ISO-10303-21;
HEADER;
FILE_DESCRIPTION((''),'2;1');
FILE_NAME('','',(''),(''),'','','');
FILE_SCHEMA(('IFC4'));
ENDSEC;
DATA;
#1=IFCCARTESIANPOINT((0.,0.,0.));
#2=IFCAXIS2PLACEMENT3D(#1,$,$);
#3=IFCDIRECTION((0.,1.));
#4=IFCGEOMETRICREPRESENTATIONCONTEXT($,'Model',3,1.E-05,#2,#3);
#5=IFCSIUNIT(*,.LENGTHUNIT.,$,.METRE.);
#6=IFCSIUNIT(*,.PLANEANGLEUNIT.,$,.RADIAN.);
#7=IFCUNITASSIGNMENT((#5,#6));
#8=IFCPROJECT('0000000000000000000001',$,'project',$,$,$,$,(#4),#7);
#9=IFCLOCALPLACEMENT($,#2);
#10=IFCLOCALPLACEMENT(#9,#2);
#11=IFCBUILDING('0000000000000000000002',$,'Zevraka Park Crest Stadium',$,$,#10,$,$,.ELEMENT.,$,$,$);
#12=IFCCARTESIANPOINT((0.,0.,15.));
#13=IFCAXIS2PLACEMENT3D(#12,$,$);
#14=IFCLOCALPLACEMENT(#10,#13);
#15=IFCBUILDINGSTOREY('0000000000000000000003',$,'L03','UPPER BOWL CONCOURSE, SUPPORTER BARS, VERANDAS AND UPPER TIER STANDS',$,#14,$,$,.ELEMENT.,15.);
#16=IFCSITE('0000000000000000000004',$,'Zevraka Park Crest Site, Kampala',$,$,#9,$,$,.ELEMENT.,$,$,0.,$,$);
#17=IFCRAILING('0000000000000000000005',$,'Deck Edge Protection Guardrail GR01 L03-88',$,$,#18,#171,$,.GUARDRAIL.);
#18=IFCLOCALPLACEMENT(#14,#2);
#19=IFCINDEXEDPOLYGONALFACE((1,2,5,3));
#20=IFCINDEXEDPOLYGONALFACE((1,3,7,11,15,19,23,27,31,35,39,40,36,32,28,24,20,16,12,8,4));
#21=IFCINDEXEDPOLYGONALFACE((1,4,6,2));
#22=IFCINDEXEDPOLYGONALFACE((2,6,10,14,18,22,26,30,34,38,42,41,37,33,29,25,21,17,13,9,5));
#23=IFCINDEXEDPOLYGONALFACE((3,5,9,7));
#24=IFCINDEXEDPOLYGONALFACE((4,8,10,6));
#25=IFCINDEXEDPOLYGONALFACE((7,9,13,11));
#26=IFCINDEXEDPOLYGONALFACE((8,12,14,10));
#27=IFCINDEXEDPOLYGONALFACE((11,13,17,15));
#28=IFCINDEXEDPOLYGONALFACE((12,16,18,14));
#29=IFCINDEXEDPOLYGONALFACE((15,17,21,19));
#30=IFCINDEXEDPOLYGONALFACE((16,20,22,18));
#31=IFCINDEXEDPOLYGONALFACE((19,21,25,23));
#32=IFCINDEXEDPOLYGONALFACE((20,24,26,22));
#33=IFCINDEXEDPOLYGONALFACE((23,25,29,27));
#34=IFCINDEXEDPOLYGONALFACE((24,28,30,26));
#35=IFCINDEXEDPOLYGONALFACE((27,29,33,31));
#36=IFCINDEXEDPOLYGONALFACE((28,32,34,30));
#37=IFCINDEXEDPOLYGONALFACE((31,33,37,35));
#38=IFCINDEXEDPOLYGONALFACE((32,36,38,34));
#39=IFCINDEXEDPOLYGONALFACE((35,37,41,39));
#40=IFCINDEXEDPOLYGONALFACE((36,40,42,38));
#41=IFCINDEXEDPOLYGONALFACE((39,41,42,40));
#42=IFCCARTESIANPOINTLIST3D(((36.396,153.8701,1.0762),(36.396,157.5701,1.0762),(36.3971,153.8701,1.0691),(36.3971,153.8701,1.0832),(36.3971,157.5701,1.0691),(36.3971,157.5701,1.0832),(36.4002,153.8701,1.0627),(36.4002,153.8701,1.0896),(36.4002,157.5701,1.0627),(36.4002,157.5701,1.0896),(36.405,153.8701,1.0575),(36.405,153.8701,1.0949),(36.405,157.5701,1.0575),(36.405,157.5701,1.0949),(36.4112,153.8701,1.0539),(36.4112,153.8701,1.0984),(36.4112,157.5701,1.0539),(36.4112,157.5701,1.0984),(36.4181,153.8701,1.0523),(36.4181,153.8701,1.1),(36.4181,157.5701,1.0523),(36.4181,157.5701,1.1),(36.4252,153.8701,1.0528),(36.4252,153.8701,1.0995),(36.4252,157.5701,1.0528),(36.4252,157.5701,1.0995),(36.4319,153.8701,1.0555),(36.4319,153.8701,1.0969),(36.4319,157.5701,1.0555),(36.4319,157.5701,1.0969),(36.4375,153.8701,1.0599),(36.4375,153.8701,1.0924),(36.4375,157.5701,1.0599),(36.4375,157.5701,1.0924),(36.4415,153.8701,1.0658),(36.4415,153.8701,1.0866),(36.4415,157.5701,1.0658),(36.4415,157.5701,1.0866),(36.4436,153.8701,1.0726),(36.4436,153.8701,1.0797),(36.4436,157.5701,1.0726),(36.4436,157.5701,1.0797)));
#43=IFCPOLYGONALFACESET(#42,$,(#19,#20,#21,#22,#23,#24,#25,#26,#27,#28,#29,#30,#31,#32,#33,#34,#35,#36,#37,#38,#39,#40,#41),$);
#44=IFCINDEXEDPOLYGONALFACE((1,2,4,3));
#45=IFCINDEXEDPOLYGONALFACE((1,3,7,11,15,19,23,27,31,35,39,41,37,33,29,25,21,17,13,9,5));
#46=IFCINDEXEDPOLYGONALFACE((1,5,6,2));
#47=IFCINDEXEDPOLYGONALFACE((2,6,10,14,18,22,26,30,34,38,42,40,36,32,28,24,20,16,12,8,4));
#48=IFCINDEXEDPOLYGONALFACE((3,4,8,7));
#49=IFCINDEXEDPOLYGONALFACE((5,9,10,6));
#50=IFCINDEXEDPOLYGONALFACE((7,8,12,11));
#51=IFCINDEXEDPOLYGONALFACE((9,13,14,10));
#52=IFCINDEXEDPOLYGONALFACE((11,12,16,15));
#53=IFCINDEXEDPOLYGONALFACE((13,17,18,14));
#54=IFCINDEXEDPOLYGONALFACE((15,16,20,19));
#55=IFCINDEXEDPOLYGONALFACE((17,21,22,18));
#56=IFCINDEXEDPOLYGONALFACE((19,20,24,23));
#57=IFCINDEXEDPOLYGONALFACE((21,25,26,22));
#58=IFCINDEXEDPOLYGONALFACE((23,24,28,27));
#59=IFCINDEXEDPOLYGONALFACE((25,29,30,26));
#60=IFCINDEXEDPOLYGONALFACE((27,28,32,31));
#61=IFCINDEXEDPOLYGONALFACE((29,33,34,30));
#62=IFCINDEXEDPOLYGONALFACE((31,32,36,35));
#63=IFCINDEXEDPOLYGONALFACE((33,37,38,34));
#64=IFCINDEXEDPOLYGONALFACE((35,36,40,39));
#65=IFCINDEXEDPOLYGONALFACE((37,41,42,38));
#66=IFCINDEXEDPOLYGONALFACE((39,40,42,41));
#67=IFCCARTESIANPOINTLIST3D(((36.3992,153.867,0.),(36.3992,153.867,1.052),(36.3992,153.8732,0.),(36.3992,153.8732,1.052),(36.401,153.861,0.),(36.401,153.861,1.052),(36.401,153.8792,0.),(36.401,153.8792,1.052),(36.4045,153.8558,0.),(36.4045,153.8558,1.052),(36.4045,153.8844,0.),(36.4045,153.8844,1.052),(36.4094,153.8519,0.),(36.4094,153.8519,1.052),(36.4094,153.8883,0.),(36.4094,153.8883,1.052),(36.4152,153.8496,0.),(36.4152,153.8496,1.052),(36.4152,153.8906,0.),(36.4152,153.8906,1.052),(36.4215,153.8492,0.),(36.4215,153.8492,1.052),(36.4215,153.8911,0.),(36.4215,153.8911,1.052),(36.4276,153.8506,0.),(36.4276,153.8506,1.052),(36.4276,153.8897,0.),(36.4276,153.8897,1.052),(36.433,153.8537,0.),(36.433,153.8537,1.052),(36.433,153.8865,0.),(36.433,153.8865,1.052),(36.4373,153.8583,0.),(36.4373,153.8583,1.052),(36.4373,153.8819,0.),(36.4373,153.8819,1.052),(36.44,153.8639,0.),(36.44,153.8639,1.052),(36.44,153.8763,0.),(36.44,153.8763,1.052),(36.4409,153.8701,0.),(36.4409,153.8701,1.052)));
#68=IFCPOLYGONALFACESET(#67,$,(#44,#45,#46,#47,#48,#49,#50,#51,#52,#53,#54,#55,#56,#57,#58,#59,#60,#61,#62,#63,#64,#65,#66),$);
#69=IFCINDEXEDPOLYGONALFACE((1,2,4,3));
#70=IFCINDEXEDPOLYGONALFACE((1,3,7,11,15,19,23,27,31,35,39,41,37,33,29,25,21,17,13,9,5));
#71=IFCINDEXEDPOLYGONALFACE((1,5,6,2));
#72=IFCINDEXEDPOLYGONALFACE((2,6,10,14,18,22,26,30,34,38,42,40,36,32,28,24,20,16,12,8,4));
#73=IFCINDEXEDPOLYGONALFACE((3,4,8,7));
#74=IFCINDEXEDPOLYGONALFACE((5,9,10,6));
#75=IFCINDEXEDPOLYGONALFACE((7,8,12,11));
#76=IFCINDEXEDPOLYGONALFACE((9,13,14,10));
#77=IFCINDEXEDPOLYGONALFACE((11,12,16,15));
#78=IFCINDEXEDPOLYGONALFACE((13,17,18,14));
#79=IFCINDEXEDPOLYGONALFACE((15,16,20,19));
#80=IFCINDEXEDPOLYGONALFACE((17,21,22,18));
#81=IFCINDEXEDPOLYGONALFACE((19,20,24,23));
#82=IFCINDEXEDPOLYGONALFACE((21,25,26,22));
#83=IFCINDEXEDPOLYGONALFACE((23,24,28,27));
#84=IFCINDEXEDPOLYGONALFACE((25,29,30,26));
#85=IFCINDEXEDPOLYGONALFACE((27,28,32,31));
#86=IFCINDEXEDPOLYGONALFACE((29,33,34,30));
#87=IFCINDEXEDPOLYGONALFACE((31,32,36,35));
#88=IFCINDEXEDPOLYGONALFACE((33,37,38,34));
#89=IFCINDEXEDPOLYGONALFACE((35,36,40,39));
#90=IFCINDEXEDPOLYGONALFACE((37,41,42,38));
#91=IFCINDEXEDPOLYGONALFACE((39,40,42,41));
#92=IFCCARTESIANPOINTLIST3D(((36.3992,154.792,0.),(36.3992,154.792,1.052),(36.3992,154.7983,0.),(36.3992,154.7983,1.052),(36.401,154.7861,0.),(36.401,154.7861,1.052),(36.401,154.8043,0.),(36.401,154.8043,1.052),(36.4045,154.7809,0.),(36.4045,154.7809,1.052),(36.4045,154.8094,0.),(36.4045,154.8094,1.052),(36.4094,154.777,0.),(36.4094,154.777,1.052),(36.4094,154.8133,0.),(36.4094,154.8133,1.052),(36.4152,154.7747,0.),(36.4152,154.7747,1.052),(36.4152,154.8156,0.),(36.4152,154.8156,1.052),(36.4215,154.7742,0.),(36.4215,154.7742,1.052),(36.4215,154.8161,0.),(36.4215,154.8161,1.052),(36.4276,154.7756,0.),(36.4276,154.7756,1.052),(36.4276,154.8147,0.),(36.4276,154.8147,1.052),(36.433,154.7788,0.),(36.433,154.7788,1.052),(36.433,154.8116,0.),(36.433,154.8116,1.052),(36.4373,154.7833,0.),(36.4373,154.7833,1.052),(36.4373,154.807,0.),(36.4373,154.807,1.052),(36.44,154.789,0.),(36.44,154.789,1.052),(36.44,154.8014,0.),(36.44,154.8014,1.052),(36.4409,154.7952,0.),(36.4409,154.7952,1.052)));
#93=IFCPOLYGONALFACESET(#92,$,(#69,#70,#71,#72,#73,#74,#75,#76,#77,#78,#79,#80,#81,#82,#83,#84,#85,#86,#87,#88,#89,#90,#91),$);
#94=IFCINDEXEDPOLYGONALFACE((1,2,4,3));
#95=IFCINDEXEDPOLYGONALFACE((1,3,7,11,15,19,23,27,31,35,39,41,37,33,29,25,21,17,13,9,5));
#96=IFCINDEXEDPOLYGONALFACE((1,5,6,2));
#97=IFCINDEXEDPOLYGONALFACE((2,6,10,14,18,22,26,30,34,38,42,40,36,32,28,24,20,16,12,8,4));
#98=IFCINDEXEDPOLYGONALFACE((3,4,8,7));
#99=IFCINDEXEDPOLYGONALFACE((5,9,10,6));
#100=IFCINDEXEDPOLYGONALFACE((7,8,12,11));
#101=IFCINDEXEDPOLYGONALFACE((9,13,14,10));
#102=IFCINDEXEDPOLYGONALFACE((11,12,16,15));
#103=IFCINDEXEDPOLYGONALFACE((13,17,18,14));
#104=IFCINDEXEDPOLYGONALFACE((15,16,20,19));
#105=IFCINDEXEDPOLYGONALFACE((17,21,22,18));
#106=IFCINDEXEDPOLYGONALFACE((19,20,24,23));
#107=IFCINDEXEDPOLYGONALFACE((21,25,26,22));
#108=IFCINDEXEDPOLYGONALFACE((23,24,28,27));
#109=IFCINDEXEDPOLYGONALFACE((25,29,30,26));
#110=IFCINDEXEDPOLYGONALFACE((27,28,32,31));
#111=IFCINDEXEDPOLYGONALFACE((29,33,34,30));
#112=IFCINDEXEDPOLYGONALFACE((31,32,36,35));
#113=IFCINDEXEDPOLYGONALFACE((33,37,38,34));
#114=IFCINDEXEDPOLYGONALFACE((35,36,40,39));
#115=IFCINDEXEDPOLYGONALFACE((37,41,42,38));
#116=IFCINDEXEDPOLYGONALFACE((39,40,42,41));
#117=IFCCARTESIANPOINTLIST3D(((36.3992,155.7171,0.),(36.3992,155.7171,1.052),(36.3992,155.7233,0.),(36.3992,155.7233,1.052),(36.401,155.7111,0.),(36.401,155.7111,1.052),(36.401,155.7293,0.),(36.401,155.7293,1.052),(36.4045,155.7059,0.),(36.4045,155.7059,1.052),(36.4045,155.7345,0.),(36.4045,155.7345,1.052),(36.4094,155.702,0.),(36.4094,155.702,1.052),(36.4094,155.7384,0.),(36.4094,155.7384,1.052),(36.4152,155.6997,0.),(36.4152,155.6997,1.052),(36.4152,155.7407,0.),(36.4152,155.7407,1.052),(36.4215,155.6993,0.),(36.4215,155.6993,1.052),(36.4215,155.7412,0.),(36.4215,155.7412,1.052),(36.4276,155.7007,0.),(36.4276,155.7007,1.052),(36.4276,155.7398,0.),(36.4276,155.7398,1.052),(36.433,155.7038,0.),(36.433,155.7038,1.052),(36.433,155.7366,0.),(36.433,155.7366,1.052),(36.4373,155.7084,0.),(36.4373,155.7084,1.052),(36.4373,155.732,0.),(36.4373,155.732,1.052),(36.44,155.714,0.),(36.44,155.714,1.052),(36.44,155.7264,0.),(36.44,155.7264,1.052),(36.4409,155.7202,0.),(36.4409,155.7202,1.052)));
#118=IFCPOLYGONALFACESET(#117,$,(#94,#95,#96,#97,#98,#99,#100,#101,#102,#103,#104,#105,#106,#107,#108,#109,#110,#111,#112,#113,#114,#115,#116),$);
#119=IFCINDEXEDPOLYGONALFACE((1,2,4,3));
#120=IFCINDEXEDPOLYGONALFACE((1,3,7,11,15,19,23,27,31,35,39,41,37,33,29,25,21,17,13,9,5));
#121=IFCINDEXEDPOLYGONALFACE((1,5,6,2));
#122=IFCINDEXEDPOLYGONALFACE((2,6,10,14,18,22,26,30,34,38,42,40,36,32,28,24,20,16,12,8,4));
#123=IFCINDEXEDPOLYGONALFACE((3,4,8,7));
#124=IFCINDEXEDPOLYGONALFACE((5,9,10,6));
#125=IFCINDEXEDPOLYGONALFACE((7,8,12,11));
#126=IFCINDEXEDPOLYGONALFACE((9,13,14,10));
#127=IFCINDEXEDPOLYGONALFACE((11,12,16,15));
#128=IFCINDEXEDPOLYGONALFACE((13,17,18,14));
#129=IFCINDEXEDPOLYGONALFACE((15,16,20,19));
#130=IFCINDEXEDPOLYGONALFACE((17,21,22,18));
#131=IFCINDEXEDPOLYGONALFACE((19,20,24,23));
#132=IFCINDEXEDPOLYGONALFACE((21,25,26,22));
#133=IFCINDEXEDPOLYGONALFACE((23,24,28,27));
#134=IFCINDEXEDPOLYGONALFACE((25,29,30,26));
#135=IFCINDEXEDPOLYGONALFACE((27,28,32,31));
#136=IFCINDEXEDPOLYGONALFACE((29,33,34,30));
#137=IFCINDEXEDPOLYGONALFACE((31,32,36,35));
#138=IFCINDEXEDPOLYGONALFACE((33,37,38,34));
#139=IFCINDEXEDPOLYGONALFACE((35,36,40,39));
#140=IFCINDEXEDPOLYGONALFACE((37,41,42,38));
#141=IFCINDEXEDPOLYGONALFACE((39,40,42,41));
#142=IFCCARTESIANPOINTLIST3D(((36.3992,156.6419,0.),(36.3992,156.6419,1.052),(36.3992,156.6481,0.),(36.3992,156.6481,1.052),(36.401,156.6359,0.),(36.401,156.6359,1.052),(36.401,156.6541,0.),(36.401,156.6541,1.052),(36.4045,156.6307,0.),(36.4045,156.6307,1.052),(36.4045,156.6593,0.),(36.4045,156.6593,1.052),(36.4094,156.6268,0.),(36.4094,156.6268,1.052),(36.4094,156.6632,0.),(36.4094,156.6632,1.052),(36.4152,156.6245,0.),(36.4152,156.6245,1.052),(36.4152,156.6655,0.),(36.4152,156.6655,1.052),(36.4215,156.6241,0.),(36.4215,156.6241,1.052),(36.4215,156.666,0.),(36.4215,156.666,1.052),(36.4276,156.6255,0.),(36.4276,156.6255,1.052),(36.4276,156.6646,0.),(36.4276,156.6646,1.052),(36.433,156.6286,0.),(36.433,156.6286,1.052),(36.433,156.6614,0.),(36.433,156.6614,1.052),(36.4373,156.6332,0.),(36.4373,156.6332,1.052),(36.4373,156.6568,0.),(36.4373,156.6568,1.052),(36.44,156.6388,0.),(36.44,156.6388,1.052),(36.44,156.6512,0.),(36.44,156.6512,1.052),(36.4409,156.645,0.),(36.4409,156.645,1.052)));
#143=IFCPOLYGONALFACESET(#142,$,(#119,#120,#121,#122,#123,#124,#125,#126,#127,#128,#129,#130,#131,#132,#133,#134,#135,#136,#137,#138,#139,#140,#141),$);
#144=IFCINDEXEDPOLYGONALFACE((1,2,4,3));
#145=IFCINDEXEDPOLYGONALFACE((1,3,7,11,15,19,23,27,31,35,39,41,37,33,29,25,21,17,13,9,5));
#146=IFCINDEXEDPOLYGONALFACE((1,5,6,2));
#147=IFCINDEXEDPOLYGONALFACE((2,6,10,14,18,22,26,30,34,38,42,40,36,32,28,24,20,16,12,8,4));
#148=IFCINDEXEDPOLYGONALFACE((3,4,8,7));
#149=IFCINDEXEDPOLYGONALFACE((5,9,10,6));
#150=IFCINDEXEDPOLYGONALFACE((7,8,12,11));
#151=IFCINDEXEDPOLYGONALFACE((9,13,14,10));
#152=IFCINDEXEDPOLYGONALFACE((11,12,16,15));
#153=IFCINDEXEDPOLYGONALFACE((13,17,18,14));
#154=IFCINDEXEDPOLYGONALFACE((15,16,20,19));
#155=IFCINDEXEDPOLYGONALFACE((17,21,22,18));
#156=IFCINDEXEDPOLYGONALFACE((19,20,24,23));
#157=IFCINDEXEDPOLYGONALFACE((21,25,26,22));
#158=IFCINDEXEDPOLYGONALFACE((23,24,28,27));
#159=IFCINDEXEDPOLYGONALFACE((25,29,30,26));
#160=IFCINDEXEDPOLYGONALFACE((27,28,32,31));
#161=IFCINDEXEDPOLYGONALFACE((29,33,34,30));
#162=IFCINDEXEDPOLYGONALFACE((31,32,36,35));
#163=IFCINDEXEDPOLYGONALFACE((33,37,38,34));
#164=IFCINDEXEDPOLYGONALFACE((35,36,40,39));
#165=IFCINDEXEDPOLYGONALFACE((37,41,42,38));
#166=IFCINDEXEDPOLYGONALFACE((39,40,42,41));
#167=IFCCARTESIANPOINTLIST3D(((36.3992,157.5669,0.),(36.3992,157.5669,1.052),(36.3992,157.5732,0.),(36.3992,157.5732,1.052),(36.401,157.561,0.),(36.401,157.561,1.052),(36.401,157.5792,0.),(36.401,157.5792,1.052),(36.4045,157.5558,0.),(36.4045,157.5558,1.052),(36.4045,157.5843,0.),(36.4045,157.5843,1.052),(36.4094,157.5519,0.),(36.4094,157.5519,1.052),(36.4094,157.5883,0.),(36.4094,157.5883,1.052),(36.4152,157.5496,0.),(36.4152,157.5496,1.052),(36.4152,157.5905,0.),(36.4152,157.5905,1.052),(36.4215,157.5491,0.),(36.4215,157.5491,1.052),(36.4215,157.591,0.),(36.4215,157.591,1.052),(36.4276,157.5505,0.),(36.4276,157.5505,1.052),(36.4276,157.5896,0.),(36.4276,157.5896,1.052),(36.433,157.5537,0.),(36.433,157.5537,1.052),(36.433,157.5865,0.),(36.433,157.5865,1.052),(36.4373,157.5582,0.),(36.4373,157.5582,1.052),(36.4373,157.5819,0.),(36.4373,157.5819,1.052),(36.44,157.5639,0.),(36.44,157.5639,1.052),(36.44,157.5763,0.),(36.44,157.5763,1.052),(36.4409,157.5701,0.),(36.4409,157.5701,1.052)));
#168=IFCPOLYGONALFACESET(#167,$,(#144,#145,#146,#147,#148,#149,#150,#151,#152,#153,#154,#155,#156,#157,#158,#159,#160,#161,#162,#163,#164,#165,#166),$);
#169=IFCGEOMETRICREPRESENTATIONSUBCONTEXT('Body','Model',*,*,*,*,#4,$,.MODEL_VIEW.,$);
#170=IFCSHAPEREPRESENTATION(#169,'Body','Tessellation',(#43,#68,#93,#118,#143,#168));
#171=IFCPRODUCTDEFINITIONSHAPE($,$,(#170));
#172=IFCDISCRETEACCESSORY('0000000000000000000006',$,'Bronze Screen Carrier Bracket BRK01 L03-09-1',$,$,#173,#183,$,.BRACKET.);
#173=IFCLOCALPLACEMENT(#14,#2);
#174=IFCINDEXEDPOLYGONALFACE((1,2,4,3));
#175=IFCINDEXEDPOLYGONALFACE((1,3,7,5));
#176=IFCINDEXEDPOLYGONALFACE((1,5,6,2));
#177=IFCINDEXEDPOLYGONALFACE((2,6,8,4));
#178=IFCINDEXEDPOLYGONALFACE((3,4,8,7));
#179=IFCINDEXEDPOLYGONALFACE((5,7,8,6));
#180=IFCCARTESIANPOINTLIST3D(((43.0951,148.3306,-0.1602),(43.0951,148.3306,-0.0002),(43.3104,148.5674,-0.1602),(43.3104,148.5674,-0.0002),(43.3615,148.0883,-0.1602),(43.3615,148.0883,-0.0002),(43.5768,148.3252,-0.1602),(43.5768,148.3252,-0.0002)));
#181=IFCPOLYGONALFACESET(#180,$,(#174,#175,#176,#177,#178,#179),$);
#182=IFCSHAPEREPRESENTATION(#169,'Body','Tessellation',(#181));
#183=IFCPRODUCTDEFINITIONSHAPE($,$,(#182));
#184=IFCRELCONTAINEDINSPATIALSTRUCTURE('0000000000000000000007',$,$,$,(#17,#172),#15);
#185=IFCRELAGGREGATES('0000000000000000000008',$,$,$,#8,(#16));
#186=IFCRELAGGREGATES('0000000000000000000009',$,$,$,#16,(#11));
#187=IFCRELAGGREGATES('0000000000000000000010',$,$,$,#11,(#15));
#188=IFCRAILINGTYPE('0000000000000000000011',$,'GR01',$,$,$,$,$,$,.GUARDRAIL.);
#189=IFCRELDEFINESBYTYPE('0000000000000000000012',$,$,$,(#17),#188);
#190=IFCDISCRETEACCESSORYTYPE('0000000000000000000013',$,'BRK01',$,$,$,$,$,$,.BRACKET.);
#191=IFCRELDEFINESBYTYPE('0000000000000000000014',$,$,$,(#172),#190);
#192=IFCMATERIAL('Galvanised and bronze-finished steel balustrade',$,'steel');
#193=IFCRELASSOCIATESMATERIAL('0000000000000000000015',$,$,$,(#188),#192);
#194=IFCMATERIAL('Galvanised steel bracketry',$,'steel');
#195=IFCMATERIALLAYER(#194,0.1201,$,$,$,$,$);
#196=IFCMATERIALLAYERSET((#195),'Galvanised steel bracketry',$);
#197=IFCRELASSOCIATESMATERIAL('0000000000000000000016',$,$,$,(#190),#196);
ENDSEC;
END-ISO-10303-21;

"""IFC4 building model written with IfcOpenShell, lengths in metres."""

from ifc_helpers import new_model, si_unit, direction, frame, origin, origin_2d, place, context, subcontext, project, spatial, rectangle, circle, extrude, material, layer, layer_set, type_object, element, save


model = new_model("IFC4")

# Units and contexts
model_context = context("Model", 3, precision=1e-05, world=origin(), true_north=direction((0.0, 1.0)))
body_context = subcontext(model_context, "Body", "Model", "MODEL_VIEW")
ifc_project = project(units=[si_unit("LENGTHUNIT", "METRE"), si_unit("PLANEANGLEUNIT", "RADIAN")], contexts=[model_context])

# Site, building, storey
site_placement = place(None, origin())
site = spatial("IfcSite", under=ifc_project, at=site_placement, Name="Zevraka Park Crest Site, Kampala", CompositionType="ELEMENT", RefElevation=0.0)
building_placement = place(site_placement, origin())
building = spatial("IfcBuilding", under=site, at=building_placement, Name="Zevraka Park Crest Stadium", CompositionType="ELEMENT")
storey_placement = place(building_placement, frame((0.0, 0.0, 15.0)))
storey = spatial("IfcBuildingStorey", under=building, at=storey_placement, Name="L03", Description="UPPER BOWL CONCOURSE, SUPPORTER BARS, VERANDAS AND UPPER TIER STANDS", CompositionType="ELEMENT", Elevation=15.0)

# Railing
ifc_material_1 = material(Name="Galvanised and bronze-finished steel balustrade", Category="steel")
railing_type = type_object("IfcRailingType", Name="GR01", PredefinedType="GUARDRAIL", material=ifc_material_1)
railing_1_placement = place(storey_placement, frame((36.4199, 153.8701, 0.0)))
element("IfcRailing", 1, at=railing_1_placement, inside=storey, type_object=railing_type, Name="Deck Edge Protection Guardrail GR01 L03-88", PredefinedType="GUARDRAIL", context=body_context, shape_type="SweptSolid", body=[
    extrude(circle(Radius=0.0239, at=origin_2d()), frame((0.0, 0.0, 1.0762), z_axis=(0.0, 1.0, 0.0), x_axis=(-1.0, 0.0, 0.0)), (0.0, 0.0, 1.0), 3.7),
    extrude(circle(Radius=0.021, at=origin_2d()), origin(), (0.0, 0.0, 1.0), 1.052),
    extrude(circle(Radius=0.021, at=origin_2d()), frame((0.0, 0.925, 0.0)), (0.0, 0.0, 1.0), 1.052),
    extrude(circle(Radius=0.021, at=origin_2d()), frame((0.0, 1.8501, 0.0)), (0.0, 0.0, 1.0), 1.052),
    extrude(circle(Radius=0.021, at=origin_2d()), frame((0.0, 2.7749, 0.0)), (0.0, 0.0, 1.0), 1.052),
    extrude(circle(Radius=0.021, at=origin_2d()), frame((0.0, 3.7, 0.0)), (0.0, 0.0, 1.0), 1.052),
])

# Discrete accessory
ifc_material_2 = material(Name="Galvanised steel bracketry", Category="steel")
ifc_layer_1 = layer(ifc_material_2, 0.1201)
ifc_layer_set_1 = layer_set([ifc_layer_1], Name="Galvanised steel bracketry")
discrete_accessory_type = type_object("IfcDiscreteAccessoryType", Name="BRK01", PredefinedType="BRACKET", material=ifc_layer_set_1)
discrete_accessory_placement = place(storey_placement, frame((43.3359, 148.3279, -0.1602), z_axis=(0.0, 0.0, 1.0), x_axis=(-0.672754, -0.739866, 0.0)))
element("IfcDiscreteAccessory", 2, at=discrete_accessory_placement, inside=storey, type_object=discrete_accessory_type, Name="Bronze Screen Carrier Bracket BRK01 L03-09-1", PredefinedType="BRACKET", context=body_context, shape_type="SweptSolid", body=[
    extrude(rectangle(XDim=0.3201, YDim=0.3601, at=origin_2d()), origin(), (0.0, 0.0, 1.0), 0.1599),
])

save(model, "model.ifc")
